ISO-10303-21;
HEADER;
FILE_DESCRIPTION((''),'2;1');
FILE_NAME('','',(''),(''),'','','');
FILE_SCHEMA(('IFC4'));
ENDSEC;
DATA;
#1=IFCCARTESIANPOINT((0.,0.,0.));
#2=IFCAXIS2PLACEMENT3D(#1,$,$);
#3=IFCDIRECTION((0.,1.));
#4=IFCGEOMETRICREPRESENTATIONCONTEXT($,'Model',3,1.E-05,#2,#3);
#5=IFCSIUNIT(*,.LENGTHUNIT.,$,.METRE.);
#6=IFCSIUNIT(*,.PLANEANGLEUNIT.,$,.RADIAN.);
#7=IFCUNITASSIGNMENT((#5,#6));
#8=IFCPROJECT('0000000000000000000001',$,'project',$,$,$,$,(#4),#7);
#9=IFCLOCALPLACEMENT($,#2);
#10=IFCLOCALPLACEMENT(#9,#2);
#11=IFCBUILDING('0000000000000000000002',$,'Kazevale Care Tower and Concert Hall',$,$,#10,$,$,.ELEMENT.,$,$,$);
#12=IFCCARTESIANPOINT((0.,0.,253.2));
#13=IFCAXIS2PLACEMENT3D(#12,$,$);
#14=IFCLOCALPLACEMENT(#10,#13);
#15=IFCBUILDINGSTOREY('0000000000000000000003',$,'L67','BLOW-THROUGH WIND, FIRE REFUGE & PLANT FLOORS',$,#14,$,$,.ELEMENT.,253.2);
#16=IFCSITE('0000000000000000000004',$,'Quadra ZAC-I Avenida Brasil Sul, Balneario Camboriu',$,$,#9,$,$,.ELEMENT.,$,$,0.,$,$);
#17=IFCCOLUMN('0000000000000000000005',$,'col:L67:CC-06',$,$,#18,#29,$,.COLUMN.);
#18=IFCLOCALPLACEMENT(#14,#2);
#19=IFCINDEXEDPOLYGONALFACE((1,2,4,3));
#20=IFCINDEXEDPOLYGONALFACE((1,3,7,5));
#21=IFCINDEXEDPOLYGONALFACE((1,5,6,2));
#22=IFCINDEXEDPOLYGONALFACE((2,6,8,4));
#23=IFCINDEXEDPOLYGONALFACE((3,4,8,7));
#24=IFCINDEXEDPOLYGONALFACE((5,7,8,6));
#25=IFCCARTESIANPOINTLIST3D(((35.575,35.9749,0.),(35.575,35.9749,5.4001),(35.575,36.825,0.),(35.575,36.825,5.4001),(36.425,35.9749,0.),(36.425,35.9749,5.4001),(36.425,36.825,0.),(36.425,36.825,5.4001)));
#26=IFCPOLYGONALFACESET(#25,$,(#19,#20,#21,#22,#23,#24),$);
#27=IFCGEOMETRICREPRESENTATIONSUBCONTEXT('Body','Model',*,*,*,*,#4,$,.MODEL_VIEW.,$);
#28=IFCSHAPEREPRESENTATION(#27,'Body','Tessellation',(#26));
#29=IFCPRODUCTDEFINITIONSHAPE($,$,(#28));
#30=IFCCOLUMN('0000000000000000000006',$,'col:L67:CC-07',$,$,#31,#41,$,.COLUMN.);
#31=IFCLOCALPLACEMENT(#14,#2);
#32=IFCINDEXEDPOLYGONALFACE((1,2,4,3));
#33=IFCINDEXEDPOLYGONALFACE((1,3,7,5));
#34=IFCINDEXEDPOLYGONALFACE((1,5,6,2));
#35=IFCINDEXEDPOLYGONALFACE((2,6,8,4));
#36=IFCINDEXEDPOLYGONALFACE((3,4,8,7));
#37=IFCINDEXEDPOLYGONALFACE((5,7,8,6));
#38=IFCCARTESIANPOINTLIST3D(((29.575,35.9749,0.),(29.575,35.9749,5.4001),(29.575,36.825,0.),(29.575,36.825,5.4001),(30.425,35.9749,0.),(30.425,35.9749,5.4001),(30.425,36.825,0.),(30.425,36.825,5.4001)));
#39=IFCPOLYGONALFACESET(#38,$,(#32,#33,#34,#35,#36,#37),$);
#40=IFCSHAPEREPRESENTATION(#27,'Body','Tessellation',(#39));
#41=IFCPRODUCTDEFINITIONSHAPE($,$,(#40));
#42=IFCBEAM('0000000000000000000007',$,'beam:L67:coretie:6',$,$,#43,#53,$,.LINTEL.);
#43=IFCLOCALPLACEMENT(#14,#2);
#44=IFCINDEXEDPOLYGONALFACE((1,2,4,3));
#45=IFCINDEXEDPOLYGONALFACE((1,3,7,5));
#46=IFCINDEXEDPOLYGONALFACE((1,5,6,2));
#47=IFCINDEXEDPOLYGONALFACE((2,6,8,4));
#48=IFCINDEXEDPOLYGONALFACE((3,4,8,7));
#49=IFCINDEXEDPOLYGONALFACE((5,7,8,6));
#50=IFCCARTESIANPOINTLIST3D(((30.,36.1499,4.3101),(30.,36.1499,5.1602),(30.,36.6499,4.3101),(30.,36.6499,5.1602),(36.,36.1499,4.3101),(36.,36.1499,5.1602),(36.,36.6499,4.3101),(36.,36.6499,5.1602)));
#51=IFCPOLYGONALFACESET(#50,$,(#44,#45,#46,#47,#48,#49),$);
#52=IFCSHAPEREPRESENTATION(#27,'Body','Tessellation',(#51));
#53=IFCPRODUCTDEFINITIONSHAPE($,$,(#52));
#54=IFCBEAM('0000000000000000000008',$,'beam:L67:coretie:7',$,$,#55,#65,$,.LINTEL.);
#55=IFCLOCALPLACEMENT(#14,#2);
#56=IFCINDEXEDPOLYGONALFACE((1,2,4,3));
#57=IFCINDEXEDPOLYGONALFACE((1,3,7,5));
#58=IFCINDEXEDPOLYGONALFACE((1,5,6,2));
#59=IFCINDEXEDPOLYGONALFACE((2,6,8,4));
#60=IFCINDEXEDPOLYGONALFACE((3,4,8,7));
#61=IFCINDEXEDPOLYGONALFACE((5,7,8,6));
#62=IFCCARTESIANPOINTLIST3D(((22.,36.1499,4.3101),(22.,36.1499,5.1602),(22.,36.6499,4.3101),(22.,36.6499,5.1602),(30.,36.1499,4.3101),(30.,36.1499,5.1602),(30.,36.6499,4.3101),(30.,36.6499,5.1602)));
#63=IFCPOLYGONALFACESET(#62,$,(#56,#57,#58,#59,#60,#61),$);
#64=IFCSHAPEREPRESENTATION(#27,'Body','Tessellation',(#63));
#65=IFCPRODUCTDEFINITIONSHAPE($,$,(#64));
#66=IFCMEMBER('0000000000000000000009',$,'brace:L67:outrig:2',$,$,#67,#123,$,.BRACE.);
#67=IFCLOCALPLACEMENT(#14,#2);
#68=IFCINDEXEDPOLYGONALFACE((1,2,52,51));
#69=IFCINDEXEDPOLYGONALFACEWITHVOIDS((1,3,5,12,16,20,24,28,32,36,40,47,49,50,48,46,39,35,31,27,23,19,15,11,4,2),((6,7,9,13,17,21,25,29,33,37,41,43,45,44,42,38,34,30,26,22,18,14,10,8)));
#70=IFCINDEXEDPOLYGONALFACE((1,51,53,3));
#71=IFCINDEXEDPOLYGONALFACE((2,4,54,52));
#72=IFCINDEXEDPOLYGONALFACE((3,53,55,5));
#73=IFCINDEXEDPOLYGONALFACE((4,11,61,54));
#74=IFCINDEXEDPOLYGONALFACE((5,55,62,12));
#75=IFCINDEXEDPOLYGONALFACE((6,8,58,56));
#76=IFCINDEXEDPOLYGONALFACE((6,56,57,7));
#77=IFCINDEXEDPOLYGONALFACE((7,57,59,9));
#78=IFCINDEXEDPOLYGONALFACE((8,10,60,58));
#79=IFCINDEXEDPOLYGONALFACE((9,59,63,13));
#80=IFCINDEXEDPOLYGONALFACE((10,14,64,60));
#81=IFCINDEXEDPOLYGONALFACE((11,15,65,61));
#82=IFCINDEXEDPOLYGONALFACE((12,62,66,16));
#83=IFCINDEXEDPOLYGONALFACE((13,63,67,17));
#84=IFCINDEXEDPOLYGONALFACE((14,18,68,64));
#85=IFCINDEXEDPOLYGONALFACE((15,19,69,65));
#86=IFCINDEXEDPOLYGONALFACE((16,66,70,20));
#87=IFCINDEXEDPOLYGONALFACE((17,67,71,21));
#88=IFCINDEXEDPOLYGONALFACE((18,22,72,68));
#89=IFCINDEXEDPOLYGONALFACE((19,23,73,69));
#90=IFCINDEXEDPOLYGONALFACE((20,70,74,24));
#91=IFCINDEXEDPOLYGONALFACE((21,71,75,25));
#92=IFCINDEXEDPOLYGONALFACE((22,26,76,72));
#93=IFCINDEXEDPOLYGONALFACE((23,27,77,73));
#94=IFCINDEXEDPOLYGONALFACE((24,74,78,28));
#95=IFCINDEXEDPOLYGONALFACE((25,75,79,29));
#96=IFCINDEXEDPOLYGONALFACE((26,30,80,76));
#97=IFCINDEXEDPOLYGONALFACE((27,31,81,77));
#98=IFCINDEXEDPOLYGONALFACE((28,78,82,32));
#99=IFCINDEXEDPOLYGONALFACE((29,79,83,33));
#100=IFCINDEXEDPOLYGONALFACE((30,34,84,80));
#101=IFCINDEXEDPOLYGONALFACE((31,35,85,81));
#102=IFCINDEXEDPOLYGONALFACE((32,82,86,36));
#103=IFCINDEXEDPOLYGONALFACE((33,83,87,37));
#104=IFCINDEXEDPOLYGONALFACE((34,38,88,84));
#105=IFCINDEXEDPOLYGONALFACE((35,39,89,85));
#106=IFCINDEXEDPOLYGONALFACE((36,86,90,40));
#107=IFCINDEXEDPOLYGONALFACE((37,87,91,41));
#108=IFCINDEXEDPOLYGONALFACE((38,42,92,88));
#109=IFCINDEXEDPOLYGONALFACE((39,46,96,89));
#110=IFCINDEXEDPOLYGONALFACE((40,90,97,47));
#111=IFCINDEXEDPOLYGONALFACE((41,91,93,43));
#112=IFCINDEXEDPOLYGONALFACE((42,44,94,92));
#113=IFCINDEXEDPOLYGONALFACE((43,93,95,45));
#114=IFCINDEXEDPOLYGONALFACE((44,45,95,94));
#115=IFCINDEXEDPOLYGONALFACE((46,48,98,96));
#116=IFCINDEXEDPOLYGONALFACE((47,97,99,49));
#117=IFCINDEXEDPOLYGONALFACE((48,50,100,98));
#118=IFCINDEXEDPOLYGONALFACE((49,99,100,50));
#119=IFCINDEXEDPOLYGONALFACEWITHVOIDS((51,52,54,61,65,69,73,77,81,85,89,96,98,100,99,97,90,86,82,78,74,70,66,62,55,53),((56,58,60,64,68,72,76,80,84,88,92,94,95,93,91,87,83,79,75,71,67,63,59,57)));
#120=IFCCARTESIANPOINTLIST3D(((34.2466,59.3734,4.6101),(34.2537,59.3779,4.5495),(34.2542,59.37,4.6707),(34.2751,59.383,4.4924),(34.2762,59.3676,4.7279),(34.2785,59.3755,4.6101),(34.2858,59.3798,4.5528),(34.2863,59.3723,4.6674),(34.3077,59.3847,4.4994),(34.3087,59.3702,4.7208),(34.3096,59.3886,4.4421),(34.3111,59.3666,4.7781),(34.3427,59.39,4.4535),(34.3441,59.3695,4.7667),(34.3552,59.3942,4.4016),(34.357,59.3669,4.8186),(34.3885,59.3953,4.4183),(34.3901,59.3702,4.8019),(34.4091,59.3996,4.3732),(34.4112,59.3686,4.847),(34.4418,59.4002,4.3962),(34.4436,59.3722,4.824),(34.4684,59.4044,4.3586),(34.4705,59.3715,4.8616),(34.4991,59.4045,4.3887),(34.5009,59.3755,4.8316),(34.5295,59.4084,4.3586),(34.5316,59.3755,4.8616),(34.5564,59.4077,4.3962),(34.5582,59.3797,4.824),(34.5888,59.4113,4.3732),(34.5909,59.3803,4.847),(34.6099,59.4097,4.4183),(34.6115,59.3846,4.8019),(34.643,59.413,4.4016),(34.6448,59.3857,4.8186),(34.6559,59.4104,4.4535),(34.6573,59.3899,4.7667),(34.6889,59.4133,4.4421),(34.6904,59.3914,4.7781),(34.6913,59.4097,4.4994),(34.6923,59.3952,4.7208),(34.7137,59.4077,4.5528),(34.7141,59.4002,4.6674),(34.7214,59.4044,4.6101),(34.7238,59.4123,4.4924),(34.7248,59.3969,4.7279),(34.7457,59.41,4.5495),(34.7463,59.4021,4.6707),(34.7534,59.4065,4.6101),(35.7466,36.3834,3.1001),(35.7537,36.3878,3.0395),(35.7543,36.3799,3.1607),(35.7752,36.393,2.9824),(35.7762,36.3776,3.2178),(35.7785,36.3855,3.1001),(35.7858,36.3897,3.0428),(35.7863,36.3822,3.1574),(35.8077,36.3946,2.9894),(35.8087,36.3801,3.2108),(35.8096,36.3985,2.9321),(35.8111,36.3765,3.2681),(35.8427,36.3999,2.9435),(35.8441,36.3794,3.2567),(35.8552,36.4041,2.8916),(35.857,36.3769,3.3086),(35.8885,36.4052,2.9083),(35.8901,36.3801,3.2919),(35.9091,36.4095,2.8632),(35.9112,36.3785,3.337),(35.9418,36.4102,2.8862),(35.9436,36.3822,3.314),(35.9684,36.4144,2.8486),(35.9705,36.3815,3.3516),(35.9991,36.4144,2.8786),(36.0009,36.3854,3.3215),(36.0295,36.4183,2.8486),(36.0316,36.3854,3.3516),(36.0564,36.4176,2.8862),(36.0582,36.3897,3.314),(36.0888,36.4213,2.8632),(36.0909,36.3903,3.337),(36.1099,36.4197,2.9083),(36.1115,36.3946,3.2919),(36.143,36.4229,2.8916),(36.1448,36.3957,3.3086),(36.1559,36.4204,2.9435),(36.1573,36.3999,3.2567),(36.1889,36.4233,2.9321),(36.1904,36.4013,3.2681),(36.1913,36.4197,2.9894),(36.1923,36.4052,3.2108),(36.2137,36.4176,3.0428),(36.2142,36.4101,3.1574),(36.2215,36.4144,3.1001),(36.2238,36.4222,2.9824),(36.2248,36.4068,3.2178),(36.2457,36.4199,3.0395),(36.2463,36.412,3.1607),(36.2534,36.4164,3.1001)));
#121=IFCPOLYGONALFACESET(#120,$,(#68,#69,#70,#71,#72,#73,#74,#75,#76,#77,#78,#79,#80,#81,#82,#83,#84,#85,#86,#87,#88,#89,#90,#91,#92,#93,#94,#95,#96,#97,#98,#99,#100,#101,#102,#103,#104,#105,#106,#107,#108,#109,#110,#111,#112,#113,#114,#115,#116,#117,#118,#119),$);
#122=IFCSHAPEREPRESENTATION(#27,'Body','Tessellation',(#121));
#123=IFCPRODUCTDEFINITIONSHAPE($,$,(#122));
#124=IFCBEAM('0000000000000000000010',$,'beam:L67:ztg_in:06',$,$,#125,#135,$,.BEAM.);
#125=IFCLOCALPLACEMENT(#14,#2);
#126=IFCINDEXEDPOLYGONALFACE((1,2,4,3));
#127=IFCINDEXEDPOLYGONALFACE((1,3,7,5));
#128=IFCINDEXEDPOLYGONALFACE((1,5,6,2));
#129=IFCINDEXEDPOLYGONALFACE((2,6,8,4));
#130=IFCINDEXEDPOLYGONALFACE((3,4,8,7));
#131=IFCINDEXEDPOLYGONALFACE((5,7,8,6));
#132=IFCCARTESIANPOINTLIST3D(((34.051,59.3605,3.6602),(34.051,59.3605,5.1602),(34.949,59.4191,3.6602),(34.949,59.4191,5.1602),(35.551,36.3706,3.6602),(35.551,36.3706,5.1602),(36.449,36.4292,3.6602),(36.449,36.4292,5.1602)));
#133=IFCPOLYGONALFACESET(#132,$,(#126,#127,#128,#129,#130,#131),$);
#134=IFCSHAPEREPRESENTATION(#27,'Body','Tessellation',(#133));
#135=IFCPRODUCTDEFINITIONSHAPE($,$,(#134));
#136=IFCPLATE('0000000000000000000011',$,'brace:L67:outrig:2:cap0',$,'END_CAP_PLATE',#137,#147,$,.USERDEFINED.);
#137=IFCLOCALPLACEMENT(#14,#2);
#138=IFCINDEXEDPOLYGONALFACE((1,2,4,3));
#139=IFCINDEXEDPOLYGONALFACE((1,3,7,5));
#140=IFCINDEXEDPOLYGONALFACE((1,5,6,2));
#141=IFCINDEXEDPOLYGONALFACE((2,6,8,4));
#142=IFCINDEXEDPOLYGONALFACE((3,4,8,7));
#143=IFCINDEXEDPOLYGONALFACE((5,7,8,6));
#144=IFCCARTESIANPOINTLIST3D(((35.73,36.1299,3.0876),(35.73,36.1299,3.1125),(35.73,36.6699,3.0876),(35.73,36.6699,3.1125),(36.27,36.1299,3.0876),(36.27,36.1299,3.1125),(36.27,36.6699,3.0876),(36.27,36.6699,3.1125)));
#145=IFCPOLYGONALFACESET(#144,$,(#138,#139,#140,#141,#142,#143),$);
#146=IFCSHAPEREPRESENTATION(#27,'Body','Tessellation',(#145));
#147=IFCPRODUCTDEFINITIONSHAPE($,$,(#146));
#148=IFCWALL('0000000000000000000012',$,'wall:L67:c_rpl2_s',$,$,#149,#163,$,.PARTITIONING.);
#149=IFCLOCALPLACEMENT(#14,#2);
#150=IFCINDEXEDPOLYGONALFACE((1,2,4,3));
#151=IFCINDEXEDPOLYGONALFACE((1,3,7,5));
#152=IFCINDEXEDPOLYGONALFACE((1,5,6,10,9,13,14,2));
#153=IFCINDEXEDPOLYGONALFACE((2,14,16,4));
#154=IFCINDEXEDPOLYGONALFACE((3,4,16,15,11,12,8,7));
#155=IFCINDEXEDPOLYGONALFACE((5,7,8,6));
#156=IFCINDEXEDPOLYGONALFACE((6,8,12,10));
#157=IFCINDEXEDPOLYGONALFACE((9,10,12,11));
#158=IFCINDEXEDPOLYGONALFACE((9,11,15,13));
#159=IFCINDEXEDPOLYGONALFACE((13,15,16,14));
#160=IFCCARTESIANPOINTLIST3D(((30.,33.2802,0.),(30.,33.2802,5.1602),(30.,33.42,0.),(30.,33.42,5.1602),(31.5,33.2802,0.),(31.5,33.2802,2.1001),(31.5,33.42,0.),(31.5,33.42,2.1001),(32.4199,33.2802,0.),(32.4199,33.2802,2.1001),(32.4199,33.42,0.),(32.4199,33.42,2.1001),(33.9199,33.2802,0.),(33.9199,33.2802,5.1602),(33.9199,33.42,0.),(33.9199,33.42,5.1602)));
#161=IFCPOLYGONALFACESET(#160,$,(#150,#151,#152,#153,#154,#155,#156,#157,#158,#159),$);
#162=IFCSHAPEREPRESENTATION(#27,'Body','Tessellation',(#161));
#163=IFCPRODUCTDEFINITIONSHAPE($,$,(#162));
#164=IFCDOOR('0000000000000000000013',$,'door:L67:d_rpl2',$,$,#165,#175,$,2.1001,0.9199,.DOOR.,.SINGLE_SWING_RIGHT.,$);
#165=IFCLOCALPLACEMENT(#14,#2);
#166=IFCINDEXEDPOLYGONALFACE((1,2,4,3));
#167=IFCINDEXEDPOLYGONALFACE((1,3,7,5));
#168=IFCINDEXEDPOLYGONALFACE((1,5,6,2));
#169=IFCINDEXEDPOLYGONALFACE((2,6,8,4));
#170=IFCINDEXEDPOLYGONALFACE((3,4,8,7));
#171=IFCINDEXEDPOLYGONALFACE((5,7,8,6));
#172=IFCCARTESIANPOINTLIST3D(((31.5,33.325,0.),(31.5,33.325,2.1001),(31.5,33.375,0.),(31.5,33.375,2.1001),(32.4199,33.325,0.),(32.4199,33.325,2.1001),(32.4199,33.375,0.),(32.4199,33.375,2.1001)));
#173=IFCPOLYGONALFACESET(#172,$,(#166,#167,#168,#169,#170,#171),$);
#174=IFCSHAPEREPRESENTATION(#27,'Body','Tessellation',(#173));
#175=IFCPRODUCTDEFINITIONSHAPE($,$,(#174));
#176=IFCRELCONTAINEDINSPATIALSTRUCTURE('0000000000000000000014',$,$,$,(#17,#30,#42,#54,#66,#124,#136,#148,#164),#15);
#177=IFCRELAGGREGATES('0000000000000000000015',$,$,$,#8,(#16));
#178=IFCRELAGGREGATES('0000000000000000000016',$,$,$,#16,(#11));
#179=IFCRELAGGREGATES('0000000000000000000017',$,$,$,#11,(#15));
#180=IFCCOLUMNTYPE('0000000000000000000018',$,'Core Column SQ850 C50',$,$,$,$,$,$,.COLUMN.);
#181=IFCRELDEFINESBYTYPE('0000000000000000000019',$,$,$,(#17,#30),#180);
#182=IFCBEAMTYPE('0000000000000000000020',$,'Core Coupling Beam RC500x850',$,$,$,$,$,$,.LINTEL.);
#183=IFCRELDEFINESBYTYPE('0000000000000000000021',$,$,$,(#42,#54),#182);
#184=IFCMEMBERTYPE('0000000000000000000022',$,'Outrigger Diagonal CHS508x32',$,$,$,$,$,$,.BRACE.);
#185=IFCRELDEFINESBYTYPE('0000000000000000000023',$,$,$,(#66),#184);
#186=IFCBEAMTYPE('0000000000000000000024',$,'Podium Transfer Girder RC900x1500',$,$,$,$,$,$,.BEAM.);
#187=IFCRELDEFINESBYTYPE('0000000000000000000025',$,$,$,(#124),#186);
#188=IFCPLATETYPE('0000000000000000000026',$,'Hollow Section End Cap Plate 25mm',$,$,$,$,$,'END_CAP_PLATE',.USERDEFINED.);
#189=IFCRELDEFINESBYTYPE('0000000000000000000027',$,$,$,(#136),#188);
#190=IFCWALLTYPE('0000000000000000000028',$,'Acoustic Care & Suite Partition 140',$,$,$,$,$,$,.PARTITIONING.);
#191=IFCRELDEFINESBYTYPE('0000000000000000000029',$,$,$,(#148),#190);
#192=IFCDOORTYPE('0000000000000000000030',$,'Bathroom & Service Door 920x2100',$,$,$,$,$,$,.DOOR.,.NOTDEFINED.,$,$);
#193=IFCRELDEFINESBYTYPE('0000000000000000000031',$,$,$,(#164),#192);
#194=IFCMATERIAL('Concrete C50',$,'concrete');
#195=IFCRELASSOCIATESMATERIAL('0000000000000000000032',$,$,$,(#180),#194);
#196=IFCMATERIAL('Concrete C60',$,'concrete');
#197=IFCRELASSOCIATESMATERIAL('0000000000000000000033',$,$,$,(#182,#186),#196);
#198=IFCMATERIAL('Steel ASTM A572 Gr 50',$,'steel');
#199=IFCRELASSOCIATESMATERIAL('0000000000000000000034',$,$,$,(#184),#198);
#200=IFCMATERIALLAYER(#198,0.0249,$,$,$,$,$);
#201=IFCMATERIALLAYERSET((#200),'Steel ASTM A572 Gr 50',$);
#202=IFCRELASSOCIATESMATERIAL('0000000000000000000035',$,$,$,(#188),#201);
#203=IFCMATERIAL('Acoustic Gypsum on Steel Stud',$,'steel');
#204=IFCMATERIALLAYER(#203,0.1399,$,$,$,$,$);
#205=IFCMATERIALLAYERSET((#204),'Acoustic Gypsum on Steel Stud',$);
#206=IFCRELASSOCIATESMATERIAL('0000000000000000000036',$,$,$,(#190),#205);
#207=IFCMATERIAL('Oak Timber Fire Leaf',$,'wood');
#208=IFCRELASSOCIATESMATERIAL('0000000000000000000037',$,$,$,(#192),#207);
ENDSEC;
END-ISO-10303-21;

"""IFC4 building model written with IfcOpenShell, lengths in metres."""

from ifc_helpers import new_model, si_unit, direction, frame, frame_2d, origin, origin_2d, place, context, subcontext, project, spatial, rectangle, hollow_circle, extrude, material, layer, layer_set, material_profile, profile_set, type_object, element, fill, save


model = new_model("IFC4")

# Units and contexts
model_context = context("Model", 3, precision=1e-05, world=origin(), true_north=direction((0.0, 1.0)))
body_context = subcontext(model_context, "Body", "Model", "MODEL_VIEW")
ifc_project = project(units=[si_unit("LENGTHUNIT", "METRE"), si_unit("PLANEANGLEUNIT", "RADIAN")], contexts=[model_context])

# Site, building, storey
site_placement = place(None, origin())
site = spatial("IfcSite", under=ifc_project, at=site_placement, Name="Quadra ZAC-I Avenida Brasil Sul, Balneario Camboriu", CompositionType="ELEMENT", RefElevation=0.0)
building_placement = place(site_placement, origin())
building = spatial("IfcBuilding", under=site, at=building_placement, Name="Kazevale Care Tower and Concert Hall", CompositionType="ELEMENT")
storey_placement = place(building_placement, frame((0.0, 0.0, 253.2)))
storey = spatial("IfcBuildingStorey", under=building, at=storey_placement, Name="L67", Description="BLOW-THROUGH WIND, FIRE REFUGE & PLANT FLOORS", CompositionType="ELEMENT", Elevation=253.2)

# Columns
ifc_material_1 = material(Name="Concrete C50", Category="concrete")
ifc_material_profile_1 = material_profile(ifc_material_1, rectangle(XDim=0.8501, YDim=0.8501, at=origin_2d()), Name="RC-SQ850")
ifc_profile_set_1 = profile_set([ifc_material_profile_1], Name="Concrete C50")
column_type = type_object("IfcColumnType", Name="Core Column SQ850 C50", PredefinedType="COLUMN", material=ifc_profile_set_1)
for number, where, z_axis, x_axis, name in (
    (1, (36.0, 36.3999, 0.0), (0.0, 0.0, 1.0), (1.0, 0.0, 0.0), "col:L67:CC-06"),
    (2, (30.0, 36.3999, 0.0), (0.0, 0.0, 1.0), (1.0, 0.0, 0.0), "col:L67:CC-07"),
):
    element("IfcColumn", number, at=place(storey_placement, frame(where, z_axis=z_axis, x_axis=x_axis)), inside=storey, type_object=column_type, Name=name, PredefinedType="COLUMN", context=body_context, shape_type="SweptSolid", body=[
        extrude(rectangle(XDim=0.8501, YDim=0.8501, at=origin_2d()), origin(), (0.0, 0.0, 1.0), 5.4001),
    ])

# Beams
ifc_material_2 = material(Name="Concrete C60", Category="concrete")
ifc_material_profile_2 = material_profile(ifc_material_2, rectangle(XDim=0.5, YDim=0.8501, at=origin_2d()), Name="RC-B500x850")
ifc_profile_set_2 = profile_set([ifc_material_profile_2], Name="Concrete C60")
beam_type_1 = type_object("IfcBeamType", Name="Core Coupling Beam RC500x850", PredefinedType="LINTEL", material=ifc_profile_set_2)
beam_1_placement = place(storey_placement, frame((36.0, 36.3999, 4.7351), z_axis=(-1.0, 0.0, 0.0), x_axis=(0.0, -1.0, 0.0)))
element("IfcBeam", 3, at=beam_1_placement, inside=storey, type_object=beam_type_1, Name="beam:L67:coretie:6", PredefinedType="LINTEL", context=body_context, shape_type="SweptSolid", body=[
    extrude(rectangle(XDim=0.5, YDim=0.8501, at=origin_2d()), origin(), (0.0, 0.0, 1.0), 6.0),
])
beam_2_placement = place(storey_placement, frame((30.0, 36.3999, 4.7351), z_axis=(-1.0, 0.0, 0.0), x_axis=(0.0, -1.0, 0.0)))
element("IfcBeam", 4, at=beam_2_placement, inside=storey, type_object=beam_type_1, Name="beam:L67:coretie:7", PredefinedType="LINTEL", context=body_context, shape_type="SweptSolid", body=[
    extrude(rectangle(XDim=0.5, YDim=0.8501, at=origin_2d()), origin(), (0.0, 0.0, 1.0), 8.0),
])

# Member
ifc_material_3 = material(Name="Steel ASTM A572 Gr 50", Category="steel")
ifc_material_profile_3 = material_profile(ifc_material_3, hollow_circle(Radius=0.2539, WallThickness=0.032, at=origin_2d()), Name="CHS508x32")
ifc_profile_set_3 = profile_set([ifc_material_profile_3], Name="Steel ASTM A572 Gr 50")
member_type = type_object("IfcMemberType", Name="Outrigger Diagonal CHS508x32", PredefinedType="BRACE", material=ifc_profile_set_3)
member_placement = place(storey_placement, frame((36.0, 36.3999, 3.1001), z_axis=(-0.064968, 0.995742, 0.065402), x_axis=(-0.997878, -0.065107, 0.0)))
element("IfcMember", 5, at=member_placement, inside=storey, type_object=member_type, Name="brace:L67:outrig:2", PredefinedType="BRACE", context=body_context, shape_type="SweptSolid", body=[
    extrude(hollow_circle(Radius=0.2539, WallThickness=0.032, at=origin_2d()), origin(), (0.0, 0.0, 1.0), 23.0884),
])

# Beam
ifc_material_profile_4 = material_profile(ifc_material_2, rectangle(XDim=0.8999, YDim=1.5, at=origin_2d()), Name="RC-TG900x1500")
ifc_profile_set_4 = profile_set([ifc_material_profile_4], Name="Concrete C60")
beam_type_2 = type_object("IfcBeamType", Name="Podium Transfer Girder RC900x1500", PredefinedType="BEAM", material=ifc_profile_set_4)
beam_3_placement = place(storey_placement, frame((36.0, 36.3999, 4.4102), z_axis=(-0.065107, 0.997878, 0.0), x_axis=(-0.997878, -0.065107, 0.0)))
element("IfcBeam", 6, at=beam_3_placement, inside=storey, type_object=beam_type_2, Name="beam:L67:ztg_in:06", PredefinedType="BEAM", context=body_context, shape_type="SweptSolid", body=[
    extrude(rectangle(XDim=0.8999, YDim=1.5, at=origin_2d()), origin(), (0.0, 0.0, 1.0), 23.0388),
])

# Plate
ifc_layer_1 = layer(ifc_material_3, 0.0249)
ifc_layer_set_1 = layer_set([ifc_layer_1], Name="Steel ASTM A572 Gr 50")
plate_type = type_object("IfcPlateType", Name="Hollow Section End Cap Plate 25mm", ElementType="END_CAP_PLATE", PredefinedType="USERDEFINED", material=ifc_layer_set_1)
plate_placement = place(storey_placement, frame((36.0, 36.3999, 3.0876), z_axis=(0.0, 0.0, 1.0), x_axis=(1.0, 0.0, 0.0)))
element("IfcPlate", 7, at=plate_placement, inside=storey, type_object=plate_type, Name="brace:L67:outrig:2:cap0", ObjectType="END_CAP_PLATE", PredefinedType="USERDEFINED", context=body_context, shape_type="SweptSolid", body=[
    extrude(rectangle(XDim=0.54, YDim=0.54, at=origin_2d()), origin(), (0.0, 0.0, 1.0), 0.0249),
])

# Wall, opening, door
ifc_material_4 = material(Name="Acoustic Gypsum on Steel Stud", Category="steel")
ifc_layer_2 = layer(ifc_material_4, 0.1399)
ifc_layer_set_2 = layer_set([ifc_layer_2], Name="Acoustic Gypsum on Steel Stud")
wall_type_1 = type_object("IfcWallType", Name="Acoustic Care & Suite Partition 140", PredefinedType="PARTITIONING", material=ifc_layer_set_2)
wall_1_placement = place(storey_placement, frame((30.0, 33.3501, 0.0), z_axis=(0.0, 0.0, 1.0), x_axis=(1.0, 0.0, 0.0)))
wall_1 = element("IfcWall", 8, at=wall_1_placement, inside=storey, type_object=wall_type_1, Name="wall:L67:c_rpl2_s", PredefinedType="PARTITIONING", context=body_context, shape_type="SweptSolid", body=[
    extrude(rectangle(XDim=3.9199, YDim=0.1399, at=frame_2d((1.96, 0.0))), origin(), (0.0, 0.0, 1.0), 5.1602),
])
opening_1_placement = place(wall_1_placement, frame((1.5, 0.0, 0.0)))
opening_1 = element("IfcOpeningElement", 9, at=opening_1_placement, cuts=wall_1, PredefinedType="OPENING", context=body_context, shape_type="SweptSolid", body=[
    extrude(rectangle(XDim=0.9199, YDim=2.1001, at=frame_2d((0.46, 1.05))), frame((0.0, 0.0798, 0.0), z_axis=(0.0, -1.0, 0.0), x_axis=(1.0, 0.0, 0.0)), (0.0, 0.0, 1.0), 0.1599),
])
ifc_material_5 = material(Name="Oak Timber Fire Leaf", Category="wood")
door_type_1 = type_object("IfcDoorType", Name="Bathroom & Service Door 920x2100", OperationType="NOTDEFINED", PredefinedType="DOOR", material=ifc_material_5)
door_1_placement = place(opening_1_placement, origin())
door_1 = element("IfcDoor", 10, at=door_1_placement, inside=storey, type_object=door_type_1, Name="door:L67:d_rpl2", OperationType="SINGLE_SWING_RIGHT", OverallHeight=2.1001, OverallWidth=0.9199, PredefinedType="DOOR", context=body_context, shape_type="SweptSolid", body=[
    extrude(rectangle(XDim=0.9199, YDim=2.1001, at=frame_2d((0.46, 1.05))), frame((0.0, 0.0249, 0.0), z_axis=(0.0, -1.0, 0.0), x_axis=(1.0, 0.0, 0.0)), (0.0, 0.0, 1.0), 0.05),
])
fill(opening_1, door_1)

save(model, "model.ifc")
